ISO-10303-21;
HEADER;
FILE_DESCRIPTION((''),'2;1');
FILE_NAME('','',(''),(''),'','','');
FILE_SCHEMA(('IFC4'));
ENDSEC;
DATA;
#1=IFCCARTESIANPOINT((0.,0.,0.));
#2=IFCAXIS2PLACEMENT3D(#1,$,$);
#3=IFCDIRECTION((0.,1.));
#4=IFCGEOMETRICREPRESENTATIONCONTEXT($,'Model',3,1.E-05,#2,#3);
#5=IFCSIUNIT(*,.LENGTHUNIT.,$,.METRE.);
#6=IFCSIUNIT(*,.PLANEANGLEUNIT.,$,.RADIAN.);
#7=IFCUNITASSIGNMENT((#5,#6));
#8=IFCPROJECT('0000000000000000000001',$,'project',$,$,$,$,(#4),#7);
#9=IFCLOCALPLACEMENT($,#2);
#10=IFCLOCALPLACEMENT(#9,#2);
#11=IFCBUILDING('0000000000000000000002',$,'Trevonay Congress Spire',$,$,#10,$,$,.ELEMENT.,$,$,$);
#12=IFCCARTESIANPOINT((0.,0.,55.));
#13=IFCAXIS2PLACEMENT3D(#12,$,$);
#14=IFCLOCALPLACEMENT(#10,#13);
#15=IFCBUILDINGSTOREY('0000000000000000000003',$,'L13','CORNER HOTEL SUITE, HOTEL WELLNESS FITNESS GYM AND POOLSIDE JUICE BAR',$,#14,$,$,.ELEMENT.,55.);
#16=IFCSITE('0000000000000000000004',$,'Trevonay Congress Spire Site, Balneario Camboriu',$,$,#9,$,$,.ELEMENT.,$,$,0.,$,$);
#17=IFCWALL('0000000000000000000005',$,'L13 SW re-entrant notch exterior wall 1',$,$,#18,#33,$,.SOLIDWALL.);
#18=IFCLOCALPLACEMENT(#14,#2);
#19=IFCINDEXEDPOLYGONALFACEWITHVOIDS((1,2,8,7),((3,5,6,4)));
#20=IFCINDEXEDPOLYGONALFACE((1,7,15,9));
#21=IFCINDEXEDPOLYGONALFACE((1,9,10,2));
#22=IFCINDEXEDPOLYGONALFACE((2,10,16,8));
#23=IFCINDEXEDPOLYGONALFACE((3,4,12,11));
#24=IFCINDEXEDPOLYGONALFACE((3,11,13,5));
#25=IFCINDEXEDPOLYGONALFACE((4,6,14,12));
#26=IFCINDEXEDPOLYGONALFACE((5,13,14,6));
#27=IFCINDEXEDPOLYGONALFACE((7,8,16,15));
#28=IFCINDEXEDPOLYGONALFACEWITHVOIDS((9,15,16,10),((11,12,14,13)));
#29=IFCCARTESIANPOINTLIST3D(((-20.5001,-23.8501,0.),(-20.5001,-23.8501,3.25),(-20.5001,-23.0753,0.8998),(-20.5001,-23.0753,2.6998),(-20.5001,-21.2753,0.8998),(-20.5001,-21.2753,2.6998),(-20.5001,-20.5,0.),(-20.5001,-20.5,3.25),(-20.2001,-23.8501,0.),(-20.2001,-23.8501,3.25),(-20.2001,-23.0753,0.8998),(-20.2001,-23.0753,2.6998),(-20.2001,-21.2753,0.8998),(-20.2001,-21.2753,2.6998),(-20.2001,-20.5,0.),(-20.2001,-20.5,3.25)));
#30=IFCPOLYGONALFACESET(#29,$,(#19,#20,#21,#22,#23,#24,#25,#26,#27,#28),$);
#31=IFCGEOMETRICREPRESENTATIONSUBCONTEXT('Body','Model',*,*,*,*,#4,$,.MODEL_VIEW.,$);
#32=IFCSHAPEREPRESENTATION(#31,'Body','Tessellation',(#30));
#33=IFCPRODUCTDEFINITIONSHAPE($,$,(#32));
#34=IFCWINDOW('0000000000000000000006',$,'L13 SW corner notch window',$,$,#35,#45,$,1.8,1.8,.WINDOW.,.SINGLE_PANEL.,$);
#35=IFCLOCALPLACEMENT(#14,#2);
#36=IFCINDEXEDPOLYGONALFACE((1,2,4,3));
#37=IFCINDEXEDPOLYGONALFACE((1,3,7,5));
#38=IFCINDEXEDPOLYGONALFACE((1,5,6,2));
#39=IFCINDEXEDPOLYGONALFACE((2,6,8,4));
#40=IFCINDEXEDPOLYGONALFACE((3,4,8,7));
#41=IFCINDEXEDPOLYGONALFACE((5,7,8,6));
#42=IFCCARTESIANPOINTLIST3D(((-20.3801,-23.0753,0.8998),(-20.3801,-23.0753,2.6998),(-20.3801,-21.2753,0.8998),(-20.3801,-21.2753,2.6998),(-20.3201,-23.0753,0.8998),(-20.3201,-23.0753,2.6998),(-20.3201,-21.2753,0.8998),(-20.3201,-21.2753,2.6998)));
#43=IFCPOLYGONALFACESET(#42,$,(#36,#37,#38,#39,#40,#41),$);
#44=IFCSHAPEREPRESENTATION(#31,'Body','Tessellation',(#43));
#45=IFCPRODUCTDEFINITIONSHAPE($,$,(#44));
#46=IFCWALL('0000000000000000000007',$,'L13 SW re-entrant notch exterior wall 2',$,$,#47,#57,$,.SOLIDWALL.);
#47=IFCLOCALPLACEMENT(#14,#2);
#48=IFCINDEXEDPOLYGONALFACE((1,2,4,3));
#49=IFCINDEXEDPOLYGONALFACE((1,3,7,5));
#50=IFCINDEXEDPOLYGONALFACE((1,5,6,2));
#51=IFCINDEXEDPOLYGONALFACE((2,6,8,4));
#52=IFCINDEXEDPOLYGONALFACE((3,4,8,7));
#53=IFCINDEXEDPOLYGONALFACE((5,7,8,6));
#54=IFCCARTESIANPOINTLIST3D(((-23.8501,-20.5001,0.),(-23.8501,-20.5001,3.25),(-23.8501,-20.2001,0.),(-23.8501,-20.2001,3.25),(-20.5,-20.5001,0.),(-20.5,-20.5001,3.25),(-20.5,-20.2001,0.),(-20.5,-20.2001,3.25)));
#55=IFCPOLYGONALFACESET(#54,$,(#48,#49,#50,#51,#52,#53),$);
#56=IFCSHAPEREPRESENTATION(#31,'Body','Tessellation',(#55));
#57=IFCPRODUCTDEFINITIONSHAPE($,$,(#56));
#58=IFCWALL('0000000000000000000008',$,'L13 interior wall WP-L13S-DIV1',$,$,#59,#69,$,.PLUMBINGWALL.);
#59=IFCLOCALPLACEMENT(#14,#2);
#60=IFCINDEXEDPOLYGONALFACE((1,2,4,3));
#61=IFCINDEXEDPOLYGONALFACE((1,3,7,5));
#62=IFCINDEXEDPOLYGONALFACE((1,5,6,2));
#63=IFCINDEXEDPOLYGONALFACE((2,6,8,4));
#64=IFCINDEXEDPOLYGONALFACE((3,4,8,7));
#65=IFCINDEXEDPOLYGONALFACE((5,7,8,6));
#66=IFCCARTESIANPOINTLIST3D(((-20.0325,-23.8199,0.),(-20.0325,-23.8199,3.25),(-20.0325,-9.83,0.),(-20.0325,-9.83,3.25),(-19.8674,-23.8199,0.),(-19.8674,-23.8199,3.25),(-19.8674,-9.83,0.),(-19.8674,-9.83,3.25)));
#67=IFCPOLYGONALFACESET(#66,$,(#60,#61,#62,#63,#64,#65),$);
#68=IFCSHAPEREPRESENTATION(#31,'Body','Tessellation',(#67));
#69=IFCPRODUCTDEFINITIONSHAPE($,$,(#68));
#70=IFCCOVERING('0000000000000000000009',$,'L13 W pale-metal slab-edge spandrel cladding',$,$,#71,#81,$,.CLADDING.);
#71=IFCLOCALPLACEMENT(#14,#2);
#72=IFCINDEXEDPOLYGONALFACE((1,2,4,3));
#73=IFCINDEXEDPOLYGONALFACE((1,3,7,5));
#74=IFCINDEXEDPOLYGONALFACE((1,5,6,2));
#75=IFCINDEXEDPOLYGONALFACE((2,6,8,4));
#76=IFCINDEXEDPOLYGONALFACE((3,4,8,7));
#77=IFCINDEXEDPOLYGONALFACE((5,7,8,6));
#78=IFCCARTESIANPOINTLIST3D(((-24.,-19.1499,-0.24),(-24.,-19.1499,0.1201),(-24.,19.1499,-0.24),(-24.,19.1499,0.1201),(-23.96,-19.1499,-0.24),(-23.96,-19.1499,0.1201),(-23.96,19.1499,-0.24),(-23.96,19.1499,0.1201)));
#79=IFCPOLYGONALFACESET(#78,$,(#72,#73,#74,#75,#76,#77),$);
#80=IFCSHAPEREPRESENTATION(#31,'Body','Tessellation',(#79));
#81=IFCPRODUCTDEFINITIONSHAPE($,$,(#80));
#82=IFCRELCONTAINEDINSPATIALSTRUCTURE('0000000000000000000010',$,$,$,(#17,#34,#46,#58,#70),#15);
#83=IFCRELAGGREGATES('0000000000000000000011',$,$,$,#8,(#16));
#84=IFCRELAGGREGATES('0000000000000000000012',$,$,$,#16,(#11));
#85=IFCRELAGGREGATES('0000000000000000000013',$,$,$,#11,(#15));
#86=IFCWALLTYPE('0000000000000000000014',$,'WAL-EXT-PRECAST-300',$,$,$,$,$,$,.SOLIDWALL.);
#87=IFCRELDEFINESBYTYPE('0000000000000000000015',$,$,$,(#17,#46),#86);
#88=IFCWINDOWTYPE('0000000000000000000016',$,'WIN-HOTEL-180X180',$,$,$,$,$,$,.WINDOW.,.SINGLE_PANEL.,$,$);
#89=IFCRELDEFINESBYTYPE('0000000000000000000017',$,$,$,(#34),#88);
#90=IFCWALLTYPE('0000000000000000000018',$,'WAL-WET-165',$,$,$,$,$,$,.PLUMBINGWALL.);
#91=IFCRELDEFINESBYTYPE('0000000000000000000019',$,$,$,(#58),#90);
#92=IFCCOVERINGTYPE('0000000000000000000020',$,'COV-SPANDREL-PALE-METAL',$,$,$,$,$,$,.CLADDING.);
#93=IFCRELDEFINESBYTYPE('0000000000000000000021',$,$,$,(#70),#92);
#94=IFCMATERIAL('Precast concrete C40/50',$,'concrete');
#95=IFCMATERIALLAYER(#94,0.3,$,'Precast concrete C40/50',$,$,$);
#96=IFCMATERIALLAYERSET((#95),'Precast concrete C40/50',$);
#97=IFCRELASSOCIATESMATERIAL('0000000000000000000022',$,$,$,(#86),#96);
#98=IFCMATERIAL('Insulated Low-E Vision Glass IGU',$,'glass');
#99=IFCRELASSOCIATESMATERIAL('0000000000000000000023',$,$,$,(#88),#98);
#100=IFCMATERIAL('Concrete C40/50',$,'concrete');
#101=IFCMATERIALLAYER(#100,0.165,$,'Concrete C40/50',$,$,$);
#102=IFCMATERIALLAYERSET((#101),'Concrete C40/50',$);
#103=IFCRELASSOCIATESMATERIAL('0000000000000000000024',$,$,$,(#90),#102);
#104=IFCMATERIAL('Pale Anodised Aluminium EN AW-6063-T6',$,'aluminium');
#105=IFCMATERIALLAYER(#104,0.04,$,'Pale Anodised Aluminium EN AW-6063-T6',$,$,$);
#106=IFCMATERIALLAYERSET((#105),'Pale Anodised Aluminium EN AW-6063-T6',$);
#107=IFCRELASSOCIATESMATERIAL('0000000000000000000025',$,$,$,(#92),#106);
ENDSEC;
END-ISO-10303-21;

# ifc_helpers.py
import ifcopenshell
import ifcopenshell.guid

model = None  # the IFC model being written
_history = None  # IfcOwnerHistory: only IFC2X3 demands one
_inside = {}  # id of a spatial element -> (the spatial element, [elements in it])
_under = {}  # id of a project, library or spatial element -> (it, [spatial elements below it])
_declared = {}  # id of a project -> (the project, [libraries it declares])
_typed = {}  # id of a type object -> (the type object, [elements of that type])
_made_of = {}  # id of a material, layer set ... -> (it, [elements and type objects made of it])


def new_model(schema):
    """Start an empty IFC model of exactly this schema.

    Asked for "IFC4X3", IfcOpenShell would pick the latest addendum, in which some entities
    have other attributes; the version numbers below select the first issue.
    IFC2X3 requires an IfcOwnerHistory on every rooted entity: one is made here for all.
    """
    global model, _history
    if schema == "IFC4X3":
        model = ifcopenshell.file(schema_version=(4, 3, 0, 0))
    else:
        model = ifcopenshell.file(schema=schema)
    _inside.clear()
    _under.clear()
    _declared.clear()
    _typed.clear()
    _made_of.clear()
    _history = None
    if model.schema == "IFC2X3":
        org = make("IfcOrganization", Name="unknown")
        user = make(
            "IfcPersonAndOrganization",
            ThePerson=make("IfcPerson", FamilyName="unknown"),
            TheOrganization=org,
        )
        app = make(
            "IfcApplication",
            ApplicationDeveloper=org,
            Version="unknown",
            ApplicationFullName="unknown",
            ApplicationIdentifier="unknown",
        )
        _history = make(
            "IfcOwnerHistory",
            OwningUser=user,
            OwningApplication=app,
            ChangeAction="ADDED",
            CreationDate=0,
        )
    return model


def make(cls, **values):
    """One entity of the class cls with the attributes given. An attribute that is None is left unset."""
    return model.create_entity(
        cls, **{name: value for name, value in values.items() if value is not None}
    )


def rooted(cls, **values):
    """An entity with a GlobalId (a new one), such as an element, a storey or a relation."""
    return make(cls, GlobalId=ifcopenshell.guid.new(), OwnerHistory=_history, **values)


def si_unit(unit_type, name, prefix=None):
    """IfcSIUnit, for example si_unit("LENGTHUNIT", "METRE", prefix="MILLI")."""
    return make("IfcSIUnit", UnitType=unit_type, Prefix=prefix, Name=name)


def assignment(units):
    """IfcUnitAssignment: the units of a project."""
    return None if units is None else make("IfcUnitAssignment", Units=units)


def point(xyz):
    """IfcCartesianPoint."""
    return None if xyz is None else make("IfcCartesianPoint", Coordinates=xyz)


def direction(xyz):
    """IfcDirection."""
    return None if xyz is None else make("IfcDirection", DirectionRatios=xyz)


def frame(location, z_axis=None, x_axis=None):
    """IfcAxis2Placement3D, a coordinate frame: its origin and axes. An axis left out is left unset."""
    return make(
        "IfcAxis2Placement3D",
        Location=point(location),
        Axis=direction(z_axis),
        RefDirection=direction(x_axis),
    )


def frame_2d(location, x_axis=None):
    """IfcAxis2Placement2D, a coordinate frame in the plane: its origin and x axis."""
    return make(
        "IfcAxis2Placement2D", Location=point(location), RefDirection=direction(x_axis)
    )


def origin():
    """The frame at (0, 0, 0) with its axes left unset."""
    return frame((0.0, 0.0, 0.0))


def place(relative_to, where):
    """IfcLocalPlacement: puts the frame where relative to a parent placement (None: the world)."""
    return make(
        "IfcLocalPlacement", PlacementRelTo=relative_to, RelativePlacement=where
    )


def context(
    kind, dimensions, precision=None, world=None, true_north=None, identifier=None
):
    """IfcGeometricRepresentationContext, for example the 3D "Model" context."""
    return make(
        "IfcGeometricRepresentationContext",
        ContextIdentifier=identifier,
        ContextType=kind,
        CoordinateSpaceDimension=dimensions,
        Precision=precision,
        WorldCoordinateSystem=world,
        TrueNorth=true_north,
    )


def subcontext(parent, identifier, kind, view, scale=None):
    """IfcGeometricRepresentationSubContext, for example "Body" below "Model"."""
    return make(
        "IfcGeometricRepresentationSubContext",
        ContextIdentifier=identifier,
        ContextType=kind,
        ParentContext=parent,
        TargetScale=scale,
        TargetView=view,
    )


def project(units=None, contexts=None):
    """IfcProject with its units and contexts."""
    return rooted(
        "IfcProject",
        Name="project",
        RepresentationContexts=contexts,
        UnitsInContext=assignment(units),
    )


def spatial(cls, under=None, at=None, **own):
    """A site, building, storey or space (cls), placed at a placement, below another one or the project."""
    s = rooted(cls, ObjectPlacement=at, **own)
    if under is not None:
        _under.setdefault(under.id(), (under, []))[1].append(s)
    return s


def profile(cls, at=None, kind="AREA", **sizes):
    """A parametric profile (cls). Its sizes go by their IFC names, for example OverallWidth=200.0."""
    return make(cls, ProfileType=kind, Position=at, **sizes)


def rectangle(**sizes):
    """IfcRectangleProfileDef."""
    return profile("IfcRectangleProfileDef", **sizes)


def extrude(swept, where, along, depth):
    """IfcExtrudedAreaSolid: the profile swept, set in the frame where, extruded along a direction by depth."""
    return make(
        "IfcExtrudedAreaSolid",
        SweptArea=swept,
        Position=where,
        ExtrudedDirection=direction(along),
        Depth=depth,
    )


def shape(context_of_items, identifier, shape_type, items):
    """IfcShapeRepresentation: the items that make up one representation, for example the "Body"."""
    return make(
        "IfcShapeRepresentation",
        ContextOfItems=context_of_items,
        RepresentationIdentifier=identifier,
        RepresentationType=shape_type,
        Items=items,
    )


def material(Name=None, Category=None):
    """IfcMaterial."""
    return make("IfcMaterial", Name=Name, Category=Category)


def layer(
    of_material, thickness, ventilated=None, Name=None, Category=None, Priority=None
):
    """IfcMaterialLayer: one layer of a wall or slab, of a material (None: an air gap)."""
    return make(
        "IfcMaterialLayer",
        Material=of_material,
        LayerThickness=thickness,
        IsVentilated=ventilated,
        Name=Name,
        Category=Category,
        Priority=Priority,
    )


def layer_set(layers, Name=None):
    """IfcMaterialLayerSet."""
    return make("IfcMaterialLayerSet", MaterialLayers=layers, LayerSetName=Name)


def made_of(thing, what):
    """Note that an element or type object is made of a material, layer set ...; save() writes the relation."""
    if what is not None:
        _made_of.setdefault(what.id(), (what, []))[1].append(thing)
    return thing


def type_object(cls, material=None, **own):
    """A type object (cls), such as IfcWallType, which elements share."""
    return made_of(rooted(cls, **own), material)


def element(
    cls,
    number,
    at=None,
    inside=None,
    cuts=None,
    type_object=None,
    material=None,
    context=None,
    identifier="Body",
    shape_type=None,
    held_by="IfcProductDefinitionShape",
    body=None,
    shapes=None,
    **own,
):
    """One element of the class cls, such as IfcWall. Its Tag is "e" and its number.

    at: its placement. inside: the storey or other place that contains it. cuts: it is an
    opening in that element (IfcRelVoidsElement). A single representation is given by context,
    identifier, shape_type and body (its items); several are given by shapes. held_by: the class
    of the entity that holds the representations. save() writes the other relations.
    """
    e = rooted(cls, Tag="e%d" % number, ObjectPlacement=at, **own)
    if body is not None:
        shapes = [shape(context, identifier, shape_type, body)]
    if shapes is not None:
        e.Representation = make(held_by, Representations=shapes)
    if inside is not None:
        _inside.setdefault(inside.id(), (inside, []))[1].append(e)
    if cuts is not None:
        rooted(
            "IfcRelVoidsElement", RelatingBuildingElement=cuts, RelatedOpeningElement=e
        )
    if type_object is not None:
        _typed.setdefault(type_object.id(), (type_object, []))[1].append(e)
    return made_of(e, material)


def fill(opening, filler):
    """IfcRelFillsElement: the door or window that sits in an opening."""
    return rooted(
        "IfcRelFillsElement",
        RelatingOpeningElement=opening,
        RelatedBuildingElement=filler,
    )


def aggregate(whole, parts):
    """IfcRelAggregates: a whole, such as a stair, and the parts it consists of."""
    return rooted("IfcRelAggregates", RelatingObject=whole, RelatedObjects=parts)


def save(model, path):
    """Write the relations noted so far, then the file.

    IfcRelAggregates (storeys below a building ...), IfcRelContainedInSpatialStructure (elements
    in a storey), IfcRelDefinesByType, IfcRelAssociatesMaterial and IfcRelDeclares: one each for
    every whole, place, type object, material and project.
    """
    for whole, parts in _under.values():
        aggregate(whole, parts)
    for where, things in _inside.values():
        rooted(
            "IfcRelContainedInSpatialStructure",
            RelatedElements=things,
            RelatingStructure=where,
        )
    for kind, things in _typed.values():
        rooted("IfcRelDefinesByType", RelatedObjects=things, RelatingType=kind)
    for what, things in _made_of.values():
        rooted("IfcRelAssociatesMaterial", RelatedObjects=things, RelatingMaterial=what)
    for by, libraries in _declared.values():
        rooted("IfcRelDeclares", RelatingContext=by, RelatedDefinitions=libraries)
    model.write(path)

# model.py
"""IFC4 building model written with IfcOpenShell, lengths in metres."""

from ifc_helpers import new_model, si_unit, direction, frame, frame_2d, origin, place, context, subcontext, project, spatial, rectangle, extrude, material, layer, layer_set, type_object, element, fill, save


model = new_model("IFC4")

# Units and contexts
model_context = context("Model", 3, precision=1e-05, world=origin(), true_north=direction((0.0, 1.0)))
body_context = subcontext(model_context, "Body", "Model", "MODEL_VIEW")
ifc_project = project(units=[si_unit("LENGTHUNIT", "METRE"), si_unit("PLANEANGLEUNIT", "RADIAN")], contexts=[model_context])

# Site, building, storey
site_placement = place(None, origin())
site = spatial("IfcSite", under=ifc_project, at=site_placement, Name="Trevonay Congress Spire Site, Balneario Camboriu", CompositionType="ELEMENT", RefElevation=0.0)
building_placement = place(site_placement, origin())
building = spatial("IfcBuilding", under=site, at=building_placement, Name="Trevonay Congress Spire", CompositionType="ELEMENT")
storey_placement = place(building_placement, frame((0.0, 0.0, 55.0)))
storey = spatial("IfcBuildingStorey", under=building, at=storey_placement, Name="L13", Description="CORNER HOTEL SUITE, HOTEL WELLNESS FITNESS GYM AND POOLSIDE JUICE BAR", CompositionType="ELEMENT", Elevation=55.0)

# Shared definitions
ifc_material_1 = material(Name="Pale Anodised Aluminium EN AW-6063-T6", Category="aluminium")

# Shared definitions
ifc_material_2 = material(Name="Precast concrete C40/50", Category="concrete")
ifc_layer_1 = layer(ifc_material_2, 0.3, Name="Precast concrete C40/50")
ifc_layer_set_1 = layer_set([ifc_layer_1], Name="Precast concrete C40/50")
wall_type_1 = type_object("IfcWallType", Name="WAL-EXT-PRECAST-300", PredefinedType="SOLIDWALL", material=ifc_layer_set_1)

# Wall, opening, window
wall_1_placement = place(storey_placement, frame((-20.3501, -23.8501, 0.0), z_axis=(0.0, 0.0, 1.0), x_axis=(0.0, 1.0, 0.0)))
wall_1 = element("IfcWall", 1, at=wall_1_placement, inside=storey, type_object=wall_type_1, Name="L13 SW re-entrant notch exterior wall 1", PredefinedType="SOLIDWALL", context=body_context, shape_type="SweptSolid", body=[
    extrude(rectangle(XDim=3.3501, YDim=0.3, at=frame_2d((1.675, 0.0))), origin(), (0.0, 0.0, 1.0), 3.25),
])
opening_placement = place(wall_1_placement, frame((0.7749, 0.0, 0.8999)))
opening = element("IfcOpeningElement", 2, at=opening_placement, cuts=wall_1, PredefinedType="OPENING", context=body_context, shape_type="SweptSolid", body=[
    extrude(rectangle(XDim=1.8, YDim=1.8, at=frame_2d((0.8999, 0.8999))), frame((0.0, 0.1602, 0.0), z_axis=(0.0, -1.0, 0.0), x_axis=(1.0, 0.0, 0.0)), (0.0, 0.0, 1.0), 0.3201),
])
ifc_material_3 = material(Name="Insulated Low-E Vision Glass IGU", Category="glass")
window_type = type_object("IfcWindowType", Name="WIN-HOTEL-180X180", PartitioningType="SINGLE_PANEL", PredefinedType="WINDOW", material=ifc_material_3)
window_placement = place(opening_placement, origin())
window = element("IfcWindow", 3, at=window_placement, inside=storey, type_object=window_type, Name="L13 SW corner notch window", OverallHeight=1.8, OverallWidth=1.8, PartitioningType="SINGLE_PANEL", PredefinedType="WINDOW", context=body_context, shape_type="SweptSolid", body=[
    extrude(rectangle(XDim=1.8, YDim=1.8, at=frame_2d((0.8999, 0.8999))), frame((0.0, 0.03, 0.0), z_axis=(0.0, -1.0, 0.0), x_axis=(1.0, 0.0, 0.0)), (0.0, 0.0, 1.0), 0.0601),
])
fill(opening, window)

# Walls
wall_2_placement = place(storey_placement, frame((-23.8501, -20.3501, 0.0), z_axis=(0.0, 0.0, 1.0), x_axis=(1.0, 0.0, 0.0)))
element("IfcWall", 4, at=wall_2_placement, inside=storey, type_object=wall_type_1, Name="L13 SW re-entrant notch exterior wall 2", PredefinedType="SOLIDWALL", context=body_context, shape_type="SweptSolid", body=[
    extrude(rectangle(XDim=3.3501, YDim=0.3, at=frame_2d((1.675, 0.0))), origin(), (0.0, 0.0, 1.0), 3.25),
])
ifc_material_4 = material(Name="Concrete C40/50", Category="concrete")
ifc_layer_2 = layer(ifc_material_4, 0.165, Name="Concrete C40/50")
ifc_layer_set_2 = layer_set([ifc_layer_2], Name="Concrete C40/50")
wall_type_2 = type_object("IfcWallType", Name="WAL-WET-165", PredefinedType="PLUMBINGWALL", material=ifc_layer_set_2)
wall_3_placement = place(storey_placement, frame((-19.95, -23.8201, 0.0), z_axis=(0.0, 0.0, 1.0), x_axis=(0.0, 1.0, 0.0)))
element("IfcWall", 5, at=wall_3_placement, inside=storey, type_object=wall_type_2, Name="L13 interior wall WP-L13S-DIV1", PredefinedType="PLUMBINGWALL", context=body_context, shape_type="SweptSolid", body=[
    extrude(rectangle(XDim=13.99, YDim=0.165, at=frame_2d((6.9951, 0.0))), origin(), (0.0, 0.0, 1.0), 3.25),
])

# Covering
ifc_layer_3 = layer(ifc_material_1, 0.04, Name="Pale Anodised Aluminium EN AW-6063-T6")
ifc_layer_set_3 = layer_set([ifc_layer_3], Name="Pale Anodised Aluminium EN AW-6063-T6")
covering_type = type_object("IfcCoveringType", Name="COV-SPANDREL-PALE-METAL", PredefinedType="CLADDING", material=ifc_layer_set_3)
covering_placement = place(storey_placement, frame((-23.98, -19.1499, -0.24), z_axis=(0.0, 0.0, 1.0), x_axis=(0.0, 1.0, 0.0)))
element("IfcCovering", 6, at=covering_placement, inside=storey, type_object=covering_type, Name="L13 W pale-metal slab-edge spandrel cladding", PredefinedType="CLADDING", context=body_context, shape_type="SweptSolid", body=[
    extrude(rectangle(XDim=38.2998, YDim=0.04, at=frame_2d((19.1499, 0.0))), origin(), (0.0, 0.0, 1.0), 0.3601),
])

save(model, "model.ifc")
